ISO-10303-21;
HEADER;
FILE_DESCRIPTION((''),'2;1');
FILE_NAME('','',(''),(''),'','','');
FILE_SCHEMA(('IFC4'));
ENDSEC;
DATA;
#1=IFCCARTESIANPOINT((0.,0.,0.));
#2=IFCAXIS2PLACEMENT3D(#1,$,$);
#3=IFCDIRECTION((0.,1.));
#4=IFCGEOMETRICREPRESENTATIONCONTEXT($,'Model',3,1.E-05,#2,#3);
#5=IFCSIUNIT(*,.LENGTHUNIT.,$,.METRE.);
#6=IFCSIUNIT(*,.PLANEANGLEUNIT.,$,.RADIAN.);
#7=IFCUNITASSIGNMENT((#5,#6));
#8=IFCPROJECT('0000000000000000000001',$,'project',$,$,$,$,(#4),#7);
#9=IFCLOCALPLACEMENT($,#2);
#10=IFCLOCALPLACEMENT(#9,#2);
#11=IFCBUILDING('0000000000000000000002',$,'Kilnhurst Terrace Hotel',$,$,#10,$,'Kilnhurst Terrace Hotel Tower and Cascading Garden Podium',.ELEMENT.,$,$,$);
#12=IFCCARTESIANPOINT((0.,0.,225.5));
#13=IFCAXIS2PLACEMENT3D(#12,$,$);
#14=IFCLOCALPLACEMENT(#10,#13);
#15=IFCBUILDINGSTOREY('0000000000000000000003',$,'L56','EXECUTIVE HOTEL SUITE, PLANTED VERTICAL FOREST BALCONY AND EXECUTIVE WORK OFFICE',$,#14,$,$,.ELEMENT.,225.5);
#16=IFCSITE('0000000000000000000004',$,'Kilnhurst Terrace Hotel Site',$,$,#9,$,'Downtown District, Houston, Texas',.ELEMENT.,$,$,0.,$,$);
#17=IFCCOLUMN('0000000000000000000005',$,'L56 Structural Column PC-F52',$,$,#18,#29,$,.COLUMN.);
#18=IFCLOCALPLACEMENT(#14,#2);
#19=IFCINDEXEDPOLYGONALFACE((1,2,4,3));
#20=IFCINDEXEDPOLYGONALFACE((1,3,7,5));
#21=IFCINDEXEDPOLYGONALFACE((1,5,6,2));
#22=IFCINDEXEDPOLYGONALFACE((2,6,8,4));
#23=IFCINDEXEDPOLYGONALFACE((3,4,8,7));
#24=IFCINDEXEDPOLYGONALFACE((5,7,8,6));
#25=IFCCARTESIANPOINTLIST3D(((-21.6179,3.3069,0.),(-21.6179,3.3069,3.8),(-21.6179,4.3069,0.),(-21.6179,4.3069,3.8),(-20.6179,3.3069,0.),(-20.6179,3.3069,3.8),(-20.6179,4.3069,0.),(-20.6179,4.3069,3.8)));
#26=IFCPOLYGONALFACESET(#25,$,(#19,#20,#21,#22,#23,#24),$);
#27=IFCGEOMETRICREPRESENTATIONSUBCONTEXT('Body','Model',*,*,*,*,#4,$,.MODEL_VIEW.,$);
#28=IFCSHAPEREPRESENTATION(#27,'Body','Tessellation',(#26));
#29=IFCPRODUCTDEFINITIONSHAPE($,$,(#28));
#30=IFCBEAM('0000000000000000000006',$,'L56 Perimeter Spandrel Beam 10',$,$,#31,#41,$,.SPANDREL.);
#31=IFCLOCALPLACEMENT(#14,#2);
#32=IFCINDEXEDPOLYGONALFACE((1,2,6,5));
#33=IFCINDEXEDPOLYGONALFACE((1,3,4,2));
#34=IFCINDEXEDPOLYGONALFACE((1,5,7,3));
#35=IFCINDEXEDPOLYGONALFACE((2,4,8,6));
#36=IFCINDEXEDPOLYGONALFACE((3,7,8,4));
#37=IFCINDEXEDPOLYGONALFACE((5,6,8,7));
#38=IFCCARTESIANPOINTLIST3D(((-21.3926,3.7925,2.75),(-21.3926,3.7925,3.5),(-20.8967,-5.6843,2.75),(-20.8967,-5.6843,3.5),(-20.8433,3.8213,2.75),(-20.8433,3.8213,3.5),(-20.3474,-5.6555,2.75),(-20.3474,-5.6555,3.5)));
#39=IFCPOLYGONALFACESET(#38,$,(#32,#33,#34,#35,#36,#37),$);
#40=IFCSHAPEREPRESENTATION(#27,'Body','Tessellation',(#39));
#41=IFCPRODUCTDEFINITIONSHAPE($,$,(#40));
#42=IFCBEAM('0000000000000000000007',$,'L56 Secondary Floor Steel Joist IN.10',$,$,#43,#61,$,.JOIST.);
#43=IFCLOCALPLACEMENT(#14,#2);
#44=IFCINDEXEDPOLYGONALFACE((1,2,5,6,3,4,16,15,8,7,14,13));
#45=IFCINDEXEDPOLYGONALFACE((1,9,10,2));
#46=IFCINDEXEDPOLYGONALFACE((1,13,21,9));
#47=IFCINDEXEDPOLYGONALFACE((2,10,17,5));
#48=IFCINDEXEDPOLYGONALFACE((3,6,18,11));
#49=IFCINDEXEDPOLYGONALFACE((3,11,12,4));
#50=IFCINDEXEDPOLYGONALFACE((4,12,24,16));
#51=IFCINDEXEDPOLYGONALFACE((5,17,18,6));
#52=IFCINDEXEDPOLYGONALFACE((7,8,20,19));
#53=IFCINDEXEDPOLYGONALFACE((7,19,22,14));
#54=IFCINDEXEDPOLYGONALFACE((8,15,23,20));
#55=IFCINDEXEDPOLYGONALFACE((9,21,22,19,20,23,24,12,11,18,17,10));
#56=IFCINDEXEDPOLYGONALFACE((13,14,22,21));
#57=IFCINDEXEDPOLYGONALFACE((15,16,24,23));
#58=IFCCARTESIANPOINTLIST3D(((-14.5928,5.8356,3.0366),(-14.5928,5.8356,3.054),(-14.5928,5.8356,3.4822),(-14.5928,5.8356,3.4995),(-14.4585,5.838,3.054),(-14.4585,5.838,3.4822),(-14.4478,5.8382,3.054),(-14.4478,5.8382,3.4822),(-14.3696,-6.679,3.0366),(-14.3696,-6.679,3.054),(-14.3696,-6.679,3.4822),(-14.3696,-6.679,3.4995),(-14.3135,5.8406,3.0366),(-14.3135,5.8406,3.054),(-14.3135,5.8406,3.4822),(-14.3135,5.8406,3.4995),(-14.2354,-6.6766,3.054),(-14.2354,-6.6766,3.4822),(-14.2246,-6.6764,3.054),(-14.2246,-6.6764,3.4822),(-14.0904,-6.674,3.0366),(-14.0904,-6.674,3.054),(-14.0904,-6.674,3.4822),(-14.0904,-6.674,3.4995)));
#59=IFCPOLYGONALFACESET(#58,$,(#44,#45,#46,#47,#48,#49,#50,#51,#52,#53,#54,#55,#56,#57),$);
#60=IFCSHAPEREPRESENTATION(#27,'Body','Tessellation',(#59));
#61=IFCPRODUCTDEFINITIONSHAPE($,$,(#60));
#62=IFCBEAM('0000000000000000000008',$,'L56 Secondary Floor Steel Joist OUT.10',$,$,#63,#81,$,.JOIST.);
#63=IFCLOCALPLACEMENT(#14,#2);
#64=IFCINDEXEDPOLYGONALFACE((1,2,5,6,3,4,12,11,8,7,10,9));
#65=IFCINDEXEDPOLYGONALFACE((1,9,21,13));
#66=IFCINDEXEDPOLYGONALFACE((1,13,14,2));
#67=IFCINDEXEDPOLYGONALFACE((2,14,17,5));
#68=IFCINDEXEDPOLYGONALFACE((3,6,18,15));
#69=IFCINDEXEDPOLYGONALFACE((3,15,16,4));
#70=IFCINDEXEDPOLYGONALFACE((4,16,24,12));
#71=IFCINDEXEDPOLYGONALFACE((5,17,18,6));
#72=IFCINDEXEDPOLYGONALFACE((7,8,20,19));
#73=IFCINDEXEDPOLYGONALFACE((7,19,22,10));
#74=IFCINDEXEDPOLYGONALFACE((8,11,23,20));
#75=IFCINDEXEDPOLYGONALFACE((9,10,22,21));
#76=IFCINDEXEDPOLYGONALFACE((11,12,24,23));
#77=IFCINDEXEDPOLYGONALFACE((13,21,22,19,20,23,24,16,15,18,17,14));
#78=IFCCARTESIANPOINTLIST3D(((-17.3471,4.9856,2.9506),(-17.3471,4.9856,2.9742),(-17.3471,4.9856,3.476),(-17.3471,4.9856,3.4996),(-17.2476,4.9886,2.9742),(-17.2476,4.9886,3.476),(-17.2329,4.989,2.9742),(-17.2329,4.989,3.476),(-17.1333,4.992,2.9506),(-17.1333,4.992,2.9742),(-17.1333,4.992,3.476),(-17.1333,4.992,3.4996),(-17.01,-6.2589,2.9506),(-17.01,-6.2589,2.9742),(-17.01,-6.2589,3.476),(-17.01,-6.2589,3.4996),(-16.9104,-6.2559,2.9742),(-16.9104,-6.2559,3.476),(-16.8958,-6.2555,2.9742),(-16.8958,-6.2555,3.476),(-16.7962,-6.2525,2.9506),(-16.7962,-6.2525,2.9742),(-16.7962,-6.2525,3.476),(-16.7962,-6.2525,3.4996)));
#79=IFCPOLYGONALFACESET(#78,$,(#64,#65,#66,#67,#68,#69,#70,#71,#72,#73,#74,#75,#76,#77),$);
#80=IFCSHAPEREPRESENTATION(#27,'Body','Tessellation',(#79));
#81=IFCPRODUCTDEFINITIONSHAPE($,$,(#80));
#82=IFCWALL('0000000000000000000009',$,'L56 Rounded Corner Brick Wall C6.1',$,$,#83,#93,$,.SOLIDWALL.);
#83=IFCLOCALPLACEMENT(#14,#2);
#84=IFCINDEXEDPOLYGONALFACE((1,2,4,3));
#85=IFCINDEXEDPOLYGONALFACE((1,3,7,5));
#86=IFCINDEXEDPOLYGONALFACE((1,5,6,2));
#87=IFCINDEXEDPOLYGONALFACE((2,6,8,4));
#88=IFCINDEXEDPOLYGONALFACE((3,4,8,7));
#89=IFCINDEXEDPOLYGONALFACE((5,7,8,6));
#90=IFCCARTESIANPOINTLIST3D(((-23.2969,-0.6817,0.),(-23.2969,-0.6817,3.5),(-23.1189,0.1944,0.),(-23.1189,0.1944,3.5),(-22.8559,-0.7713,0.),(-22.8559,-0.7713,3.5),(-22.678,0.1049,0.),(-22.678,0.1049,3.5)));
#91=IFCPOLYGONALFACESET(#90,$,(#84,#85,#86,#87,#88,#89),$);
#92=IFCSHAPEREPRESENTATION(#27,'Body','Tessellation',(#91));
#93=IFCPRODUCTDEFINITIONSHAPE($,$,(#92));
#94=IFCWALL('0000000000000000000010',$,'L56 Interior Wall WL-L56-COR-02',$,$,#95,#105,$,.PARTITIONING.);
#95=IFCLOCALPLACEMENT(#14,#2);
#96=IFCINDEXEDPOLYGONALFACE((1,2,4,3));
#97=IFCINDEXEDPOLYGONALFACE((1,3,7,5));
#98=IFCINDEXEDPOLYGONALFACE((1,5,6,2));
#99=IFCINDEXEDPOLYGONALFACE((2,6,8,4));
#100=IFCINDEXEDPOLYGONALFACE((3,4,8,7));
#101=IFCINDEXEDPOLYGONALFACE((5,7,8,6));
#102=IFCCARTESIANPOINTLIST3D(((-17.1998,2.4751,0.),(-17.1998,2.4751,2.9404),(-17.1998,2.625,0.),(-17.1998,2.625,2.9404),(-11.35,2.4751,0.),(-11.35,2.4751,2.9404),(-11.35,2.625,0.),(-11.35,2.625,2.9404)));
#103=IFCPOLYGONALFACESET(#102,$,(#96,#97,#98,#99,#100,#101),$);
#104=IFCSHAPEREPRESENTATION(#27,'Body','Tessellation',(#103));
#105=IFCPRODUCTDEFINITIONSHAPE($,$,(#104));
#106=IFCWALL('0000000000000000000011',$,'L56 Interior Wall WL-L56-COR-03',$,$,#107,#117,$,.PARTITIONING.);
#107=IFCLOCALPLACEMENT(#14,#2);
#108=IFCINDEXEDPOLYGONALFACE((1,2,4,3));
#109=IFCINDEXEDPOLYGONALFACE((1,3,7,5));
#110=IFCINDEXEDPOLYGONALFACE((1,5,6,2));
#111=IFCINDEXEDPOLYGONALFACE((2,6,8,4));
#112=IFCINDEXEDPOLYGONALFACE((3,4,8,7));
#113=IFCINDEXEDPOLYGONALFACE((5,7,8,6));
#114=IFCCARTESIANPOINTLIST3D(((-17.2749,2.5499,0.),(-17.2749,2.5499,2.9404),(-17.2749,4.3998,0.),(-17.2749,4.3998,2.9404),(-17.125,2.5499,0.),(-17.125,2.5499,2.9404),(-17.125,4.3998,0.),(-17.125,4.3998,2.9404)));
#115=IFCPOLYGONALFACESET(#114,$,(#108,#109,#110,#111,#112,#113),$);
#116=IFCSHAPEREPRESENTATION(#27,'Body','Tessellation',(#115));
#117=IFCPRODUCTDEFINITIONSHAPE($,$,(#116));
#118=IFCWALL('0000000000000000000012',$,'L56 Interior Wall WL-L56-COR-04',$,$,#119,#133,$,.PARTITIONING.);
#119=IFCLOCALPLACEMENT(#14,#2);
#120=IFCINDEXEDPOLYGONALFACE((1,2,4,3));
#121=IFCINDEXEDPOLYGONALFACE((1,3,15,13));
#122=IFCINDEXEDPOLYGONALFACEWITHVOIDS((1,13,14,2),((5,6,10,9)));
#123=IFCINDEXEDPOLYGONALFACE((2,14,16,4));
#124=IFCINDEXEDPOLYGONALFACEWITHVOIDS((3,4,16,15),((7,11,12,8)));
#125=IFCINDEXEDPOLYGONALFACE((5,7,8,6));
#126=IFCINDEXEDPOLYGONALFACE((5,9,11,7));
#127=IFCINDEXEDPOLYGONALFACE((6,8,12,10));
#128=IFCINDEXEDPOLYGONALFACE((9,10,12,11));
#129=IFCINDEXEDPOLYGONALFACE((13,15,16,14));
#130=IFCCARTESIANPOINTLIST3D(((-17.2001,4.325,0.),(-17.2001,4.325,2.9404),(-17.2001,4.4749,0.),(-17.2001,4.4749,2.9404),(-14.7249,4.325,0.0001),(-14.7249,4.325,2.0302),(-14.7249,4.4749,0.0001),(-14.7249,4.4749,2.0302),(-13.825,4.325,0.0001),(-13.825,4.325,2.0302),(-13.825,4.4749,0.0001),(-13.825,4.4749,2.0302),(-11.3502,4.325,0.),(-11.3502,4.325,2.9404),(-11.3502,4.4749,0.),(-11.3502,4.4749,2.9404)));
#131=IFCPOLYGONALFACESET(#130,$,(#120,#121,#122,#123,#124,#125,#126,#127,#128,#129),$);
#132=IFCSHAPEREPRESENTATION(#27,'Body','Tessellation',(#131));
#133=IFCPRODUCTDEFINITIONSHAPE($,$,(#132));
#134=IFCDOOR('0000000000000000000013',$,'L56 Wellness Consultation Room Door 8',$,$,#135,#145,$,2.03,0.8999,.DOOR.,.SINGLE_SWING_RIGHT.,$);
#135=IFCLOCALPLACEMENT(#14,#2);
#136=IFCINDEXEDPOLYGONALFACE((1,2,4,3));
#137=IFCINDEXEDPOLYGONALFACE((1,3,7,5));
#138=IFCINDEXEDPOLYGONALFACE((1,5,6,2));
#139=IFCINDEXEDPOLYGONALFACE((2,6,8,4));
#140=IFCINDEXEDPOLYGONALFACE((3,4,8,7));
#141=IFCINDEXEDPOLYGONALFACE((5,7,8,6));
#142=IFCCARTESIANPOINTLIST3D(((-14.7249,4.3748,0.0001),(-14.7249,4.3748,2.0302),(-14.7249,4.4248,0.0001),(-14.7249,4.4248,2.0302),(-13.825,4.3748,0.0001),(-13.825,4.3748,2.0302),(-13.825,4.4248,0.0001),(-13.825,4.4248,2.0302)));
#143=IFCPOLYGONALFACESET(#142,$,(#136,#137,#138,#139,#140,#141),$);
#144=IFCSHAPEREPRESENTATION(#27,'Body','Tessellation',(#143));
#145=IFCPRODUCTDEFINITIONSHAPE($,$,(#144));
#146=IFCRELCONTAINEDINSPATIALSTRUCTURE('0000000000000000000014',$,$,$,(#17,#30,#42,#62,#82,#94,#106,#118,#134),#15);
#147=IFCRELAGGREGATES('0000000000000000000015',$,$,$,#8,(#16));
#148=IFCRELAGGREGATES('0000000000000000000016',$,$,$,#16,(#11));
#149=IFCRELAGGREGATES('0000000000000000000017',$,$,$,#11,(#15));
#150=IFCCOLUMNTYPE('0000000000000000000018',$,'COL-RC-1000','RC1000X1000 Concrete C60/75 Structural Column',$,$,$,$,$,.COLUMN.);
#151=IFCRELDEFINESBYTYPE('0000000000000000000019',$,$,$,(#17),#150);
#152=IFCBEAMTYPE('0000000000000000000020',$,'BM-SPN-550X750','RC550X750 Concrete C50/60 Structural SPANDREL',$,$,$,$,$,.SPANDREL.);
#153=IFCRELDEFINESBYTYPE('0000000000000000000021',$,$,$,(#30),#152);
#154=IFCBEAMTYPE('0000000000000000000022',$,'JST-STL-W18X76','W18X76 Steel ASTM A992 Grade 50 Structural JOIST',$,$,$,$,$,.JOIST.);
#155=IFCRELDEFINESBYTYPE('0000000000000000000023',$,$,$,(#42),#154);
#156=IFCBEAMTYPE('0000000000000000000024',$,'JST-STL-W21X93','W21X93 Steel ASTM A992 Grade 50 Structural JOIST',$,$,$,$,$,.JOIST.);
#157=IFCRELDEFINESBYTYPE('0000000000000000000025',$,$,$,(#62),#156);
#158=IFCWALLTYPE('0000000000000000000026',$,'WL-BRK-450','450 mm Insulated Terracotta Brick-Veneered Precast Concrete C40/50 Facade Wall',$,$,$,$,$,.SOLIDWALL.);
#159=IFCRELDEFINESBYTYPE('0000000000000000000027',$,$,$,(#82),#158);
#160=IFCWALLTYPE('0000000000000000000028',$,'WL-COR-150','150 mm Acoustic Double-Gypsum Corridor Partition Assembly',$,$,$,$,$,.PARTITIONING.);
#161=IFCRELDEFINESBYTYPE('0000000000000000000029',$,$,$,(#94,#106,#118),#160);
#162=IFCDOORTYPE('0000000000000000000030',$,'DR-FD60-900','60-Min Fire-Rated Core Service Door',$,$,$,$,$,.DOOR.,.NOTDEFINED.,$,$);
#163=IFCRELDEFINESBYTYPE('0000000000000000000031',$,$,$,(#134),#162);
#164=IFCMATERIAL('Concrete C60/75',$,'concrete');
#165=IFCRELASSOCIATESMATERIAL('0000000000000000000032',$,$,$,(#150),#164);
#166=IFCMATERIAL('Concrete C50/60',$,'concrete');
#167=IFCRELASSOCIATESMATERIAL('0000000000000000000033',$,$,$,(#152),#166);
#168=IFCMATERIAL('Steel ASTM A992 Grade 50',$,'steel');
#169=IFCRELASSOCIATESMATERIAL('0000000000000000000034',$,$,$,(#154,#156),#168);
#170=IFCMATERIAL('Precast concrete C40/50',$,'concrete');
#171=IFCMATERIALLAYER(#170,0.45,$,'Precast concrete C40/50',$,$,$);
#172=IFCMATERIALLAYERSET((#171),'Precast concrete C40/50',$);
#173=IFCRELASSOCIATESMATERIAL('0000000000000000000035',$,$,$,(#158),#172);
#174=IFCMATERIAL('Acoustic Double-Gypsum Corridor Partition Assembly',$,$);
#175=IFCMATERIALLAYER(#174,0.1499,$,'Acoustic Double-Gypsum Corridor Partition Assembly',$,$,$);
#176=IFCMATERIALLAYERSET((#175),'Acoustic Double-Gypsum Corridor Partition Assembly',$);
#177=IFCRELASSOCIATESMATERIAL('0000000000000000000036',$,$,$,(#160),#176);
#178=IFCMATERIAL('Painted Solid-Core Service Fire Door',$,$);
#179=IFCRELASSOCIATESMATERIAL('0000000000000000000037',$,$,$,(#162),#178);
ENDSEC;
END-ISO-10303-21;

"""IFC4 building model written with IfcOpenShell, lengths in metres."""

from ifc_helpers import new_model, si_unit, direction, frame, frame_2d, origin, origin_2d, place, context, subcontext, project, spatial, rectangle, i_section, extrude, material, layer, layer_set, material_profile, profile_set, type_object, element, fill, save


model = new_model("IFC4")

# Units and contexts
model_context = context("Model", 3, precision=1e-05, world=origin(), true_north=direction((0.0, 1.0)))
body_context = subcontext(model_context, "Body", "Model", "MODEL_VIEW")
ifc_project = project(units=[si_unit("LENGTHUNIT", "METRE"), si_unit("PLANEANGLEUNIT", "RADIAN")], contexts=[model_context])

# Site, building, storey
site_placement = place(None, origin())
site = spatial("IfcSite", under=ifc_project, at=site_placement, Name="Kilnhurst Terrace Hotel Site", LongName="Downtown District, Houston, Texas", CompositionType="ELEMENT", RefElevation=0.0)
building_placement = place(site_placement, origin())
building = spatial("IfcBuilding", under=site, at=building_placement, Name="Kilnhurst Terrace Hotel", LongName="Kilnhurst Terrace Hotel Tower and Cascading Garden Podium", CompositionType="ELEMENT")
storey_placement = place(building_placement, frame((0.0, 0.0, 225.5)))
storey = spatial("IfcBuildingStorey", under=building, at=storey_placement, Name="L56", Description="EXECUTIVE HOTEL SUITE, PLANTED VERTICAL FOREST BALCONY AND EXECUTIVE WORK OFFICE", CompositionType="ELEMENT", Elevation=225.5)

# Column
ifc_material_1 = material(Name="Concrete C60/75", Category="concrete")
ifc_material_profile_1 = material_profile(ifc_material_1, rectangle(XDim=1.0, YDim=1.0, at=origin_2d()), Name="RC1000X1000")
ifc_profile_set_1 = profile_set([ifc_material_profile_1], Name="Concrete C60/75")
column_type = type_object("IfcColumnType", Name="COL-RC-1000", Description="RC1000X1000 Concrete C60/75 Structural Column", PredefinedType="COLUMN", material=ifc_profile_set_1)
column_placement = place(storey_placement, frame((-21.1179, 3.8069, 0.0), z_axis=(0.0, 0.0, 1.0), x_axis=(1.0, 0.0, 0.0)))
element("IfcColumn", 1, at=column_placement, inside=storey, type_object=column_type, Name="L56 Structural Column PC-F52", PredefinedType="COLUMN", context=body_context, shape_type="SweptSolid", body=[
    extrude(rectangle(XDim=1.0, YDim=1.0, at=origin_2d()), origin(), (0.0, 0.0, 1.0), 3.8),
])

# Beams
ifc_material_2 = material(Name="Concrete C50/60", Category="concrete")
ifc_material_profile_2 = material_profile(ifc_material_2, rectangle(XDim=0.55, YDim=0.75, at=origin_2d()), Name="RC550X750")
ifc_profile_set_2 = profile_set([ifc_material_profile_2], Name="Concrete C50/60")
beam_type_1 = type_object("IfcBeamType", Name="BM-SPN-550X750", Description="RC550X750 Concrete C50/60 Structural SPANDREL", PredefinedType="SPANDREL", material=ifc_profile_set_2)
beam_1_placement = place(storey_placement, frame((-21.1179, 3.8069, 3.125), z_axis=(0.052251, -0.998634, 0.0), x_axis=(0.998634, 0.052251, 0.0)))
element("IfcBeam", 2, at=beam_1_placement, inside=storey, type_object=beam_type_1, Name="L56 Perimeter Spandrel Beam 10", PredefinedType="SPANDREL", context=body_context, shape_type="SweptSolid", body=[
    extrude(rectangle(XDim=0.55, YDim=0.75, at=origin_2d()), origin(), (0.0, 0.0, 1.0), 9.4897),
])
ifc_material_3 = material(Name="Steel ASTM A992 Grade 50", Category="steel")
ifc_material_profile_3 = material_profile(ifc_material_3, i_section(OverallWidth=0.2793, OverallDepth=0.4629, WebThickness=0.0107, FlangeThickness=0.0173, at=origin_2d()), Name="W18X76")
ifc_profile_set_3 = profile_set([ifc_material_profile_3], Name="Steel ASTM A992 Grade 50")
beam_type_2 = type_object("IfcBeamType", Name="JST-STL-W18X76", Description="W18X76 Steel ASTM A992 Grade 50 Structural JOIST", PredefinedType="JOIST", material=ifc_profile_set_3)
beam_2_placement = place(storey_placement, frame((-14.4531, 5.8381, 3.2681), z_axis=(0.017828, -0.999841, 0.0), x_axis=(0.999841, 0.017828, 0.0)))
element("IfcBeam", 3, at=beam_2_placement, inside=storey, type_object=beam_type_2, Name="L56 Secondary Floor Steel Joist IN.10", PredefinedType="JOIST", context=body_context, shape_type="SweptSolid", body=[
    extrude(i_section(OverallWidth=0.2793, OverallDepth=0.4629, WebThickness=0.0107, FlangeThickness=0.0173, at=origin_2d()), origin(), (0.0, 0.0, 1.0), 12.5166),
])
ifc_material_profile_4 = material_profile(ifc_material_3, i_section(OverallWidth=0.2139, OverallDepth=0.5491, WebThickness=0.0146, FlangeThickness=0.0237, at=origin_2d()), Name="W21X93")
ifc_profile_set_4 = profile_set([ifc_material_profile_4], Name="Steel ASTM A992 Grade 50")
beam_type_3 = type_object("IfcBeamType", Name="JST-STL-W21X93", Description="W21X93 Steel ASTM A992 Grade 50 Structural JOIST", PredefinedType="JOIST", material=ifc_profile_set_4)
beam_3_placement = place(storey_placement, frame((-17.2402, 4.9888, 3.2251), z_axis=(0.029971, -0.999551, 0.0), x_axis=(0.999551, 0.029971, 0.0)))
element("IfcBeam", 4, at=beam_3_placement, inside=storey, type_object=beam_type_3, Name="L56 Secondary Floor Steel Joist OUT.10", PredefinedType="JOIST", context=body_context, shape_type="SweptSolid", body=[
    extrude(i_section(OverallWidth=0.2139, OverallDepth=0.5491, WebThickness=0.0146, FlangeThickness=0.0237, at=origin_2d()), origin(), (0.0, 0.0, 1.0), 11.2495),
])

# Walls
ifc_material_4 = material(Name="Precast concrete C40/50", Category="concrete")
ifc_layer_1 = layer(ifc_material_4, 0.45, Name="Precast concrete C40/50")
ifc_layer_set_1 = layer_set([ifc_layer_1], Name="Precast concrete C40/50")
wall_type_1 = type_object("IfcWallType", Name="WL-BRK-450", Description="450 mm Insulated Terracotta Brick-Veneered Precast Concrete C40/50 Facade Wall", PredefinedType="SOLIDWALL", material=ifc_layer_set_1)
wall_1_placement = place(storey_placement, frame((-22.8984, 0.1497, 0.0), z_axis=(0.0, 0.0, 1.0), x_axis=(-0.199056, -0.979988, 0.0)))
element("IfcWall", 5, at=wall_1_placement, inside=storey, type_object=wall_type_1, Name="L56 Rounded Corner Brick Wall C6.1", PredefinedType="SOLIDWALL", context=body_context, shape_type="SweptSolid", body=[
    extrude(rectangle(XDim=0.894, YDim=0.45, at=frame_2d((0.447, 0.0))), origin(), (0.0, 0.0, 1.0), 3.5),
])
ifc_material_5 = material(Name="Acoustic Double-Gypsum Corridor Partition Assembly")
ifc_layer_2 = layer(ifc_material_5, 0.1499, Name="Acoustic Double-Gypsum Corridor Partition Assembly")
ifc_layer_set_2 = layer_set([ifc_layer_2], Name="Acoustic Double-Gypsum Corridor Partition Assembly")
wall_type_2 = type_object("IfcWallType", Name="WL-COR-150", Description="150 mm Acoustic Double-Gypsum Corridor Partition Assembly", PredefinedType="PARTITIONING", material=ifc_layer_set_2)
wall_2_placement = place(storey_placement, frame((-11.3501, 2.55, 0.0), z_axis=(0.0, 0.0, 1.0), x_axis=(-1.0, 0.0, 0.0)))
element("IfcWall", 6, at=wall_2_placement, inside=storey, type_object=wall_type_2, Name="L56 Interior Wall WL-L56-COR-02", PredefinedType="PARTITIONING", context=body_context, shape_type="SweptSolid", body=[
    extrude(rectangle(XDim=5.8499, YDim=0.1499, at=frame_2d((2.9248, 0.0))), origin(), (0.0, 0.0, 1.0), 2.9404),
])
wall_3_placement = place(storey_placement, frame((-17.2, 2.55, 0.0), z_axis=(0.0, 0.0, 1.0), x_axis=(0.0, 1.0, 0.0)))
element("IfcWall", 7, at=wall_3_placement, inside=storey, type_object=wall_type_2, Name="L56 Interior Wall WL-L56-COR-03", PredefinedType="PARTITIONING", context=body_context, shape_type="SweptSolid", body=[
    extrude(rectangle(XDim=1.8499, YDim=0.1499, at=frame_2d((0.9248, 0.0))), origin(), (0.0, 0.0, 1.0), 2.9404),
])

# Wall, opening, door
wall_4_placement = place(storey_placement, frame((-17.2, 4.3999, 0.0), z_axis=(0.0, 0.0, 1.0), x_axis=(1.0, 0.0, 0.0)))
wall_4 = element("IfcWall", 8, at=wall_4_placement, inside=storey, type_object=wall_type_2, Name="L56 Interior Wall WL-L56-COR-04", PredefinedType="PARTITIONING", context=body_context, shape_type="SweptSolid", body=[
    extrude(rectangle(XDim=5.8499, YDim=0.1499, at=frame_2d((2.9248, 0.0))), origin(), (0.0, 0.0, 1.0), 2.9404),
])
opening_1_placement = place(wall_4_placement, frame((2.4751, 0.0, 0.0)))
opening_1 = element("IfcOpeningElement", 9, at=opening_1_placement, cuts=wall_4, PredefinedType="OPENING", context=body_context, shape_type="SweptSolid", body=[
    extrude(rectangle(XDim=0.8999, YDim=2.03, at=frame_2d((0.45, 1.0151))), frame((0.0, 0.085, 0.0), z_axis=(0.0, -1.0, 0.0), x_axis=(1.0, 0.0, 0.0)), (0.0, 0.0, 1.0), 0.1699),
])
ifc_material_6 = material(Name="Painted Solid-Core Service Fire Door")
door_type_1 = type_object("IfcDoorType", Name="DR-FD60-900", Description="60-Min Fire-Rated Core Service Door", OperationType="NOTDEFINED", PredefinedType="DOOR", material=ifc_material_6)
door_1_placement = place(opening_1_placement, origin())
door_1 = element("IfcDoor", 10, at=door_1_placement, inside=storey, type_object=door_type_1, Name="L56 Wellness Consultation Room Door 8", OperationType="SINGLE_SWING_RIGHT", OverallHeight=2.03, OverallWidth=0.8999, PredefinedType="DOOR", context=body_context, shape_type="SweptSolid", body=[
    extrude(rectangle(XDim=0.8999, YDim=2.03, at=frame_2d((0.45, 1.0151))), frame((0.0, 0.0249, 0.0), z_axis=(0.0, -1.0, 0.0), x_axis=(1.0, 0.0, 0.0)), (0.0, 0.0, 1.0), 0.05),
])
fill(opening_1, door_1)

save(model, "model.ifc")
